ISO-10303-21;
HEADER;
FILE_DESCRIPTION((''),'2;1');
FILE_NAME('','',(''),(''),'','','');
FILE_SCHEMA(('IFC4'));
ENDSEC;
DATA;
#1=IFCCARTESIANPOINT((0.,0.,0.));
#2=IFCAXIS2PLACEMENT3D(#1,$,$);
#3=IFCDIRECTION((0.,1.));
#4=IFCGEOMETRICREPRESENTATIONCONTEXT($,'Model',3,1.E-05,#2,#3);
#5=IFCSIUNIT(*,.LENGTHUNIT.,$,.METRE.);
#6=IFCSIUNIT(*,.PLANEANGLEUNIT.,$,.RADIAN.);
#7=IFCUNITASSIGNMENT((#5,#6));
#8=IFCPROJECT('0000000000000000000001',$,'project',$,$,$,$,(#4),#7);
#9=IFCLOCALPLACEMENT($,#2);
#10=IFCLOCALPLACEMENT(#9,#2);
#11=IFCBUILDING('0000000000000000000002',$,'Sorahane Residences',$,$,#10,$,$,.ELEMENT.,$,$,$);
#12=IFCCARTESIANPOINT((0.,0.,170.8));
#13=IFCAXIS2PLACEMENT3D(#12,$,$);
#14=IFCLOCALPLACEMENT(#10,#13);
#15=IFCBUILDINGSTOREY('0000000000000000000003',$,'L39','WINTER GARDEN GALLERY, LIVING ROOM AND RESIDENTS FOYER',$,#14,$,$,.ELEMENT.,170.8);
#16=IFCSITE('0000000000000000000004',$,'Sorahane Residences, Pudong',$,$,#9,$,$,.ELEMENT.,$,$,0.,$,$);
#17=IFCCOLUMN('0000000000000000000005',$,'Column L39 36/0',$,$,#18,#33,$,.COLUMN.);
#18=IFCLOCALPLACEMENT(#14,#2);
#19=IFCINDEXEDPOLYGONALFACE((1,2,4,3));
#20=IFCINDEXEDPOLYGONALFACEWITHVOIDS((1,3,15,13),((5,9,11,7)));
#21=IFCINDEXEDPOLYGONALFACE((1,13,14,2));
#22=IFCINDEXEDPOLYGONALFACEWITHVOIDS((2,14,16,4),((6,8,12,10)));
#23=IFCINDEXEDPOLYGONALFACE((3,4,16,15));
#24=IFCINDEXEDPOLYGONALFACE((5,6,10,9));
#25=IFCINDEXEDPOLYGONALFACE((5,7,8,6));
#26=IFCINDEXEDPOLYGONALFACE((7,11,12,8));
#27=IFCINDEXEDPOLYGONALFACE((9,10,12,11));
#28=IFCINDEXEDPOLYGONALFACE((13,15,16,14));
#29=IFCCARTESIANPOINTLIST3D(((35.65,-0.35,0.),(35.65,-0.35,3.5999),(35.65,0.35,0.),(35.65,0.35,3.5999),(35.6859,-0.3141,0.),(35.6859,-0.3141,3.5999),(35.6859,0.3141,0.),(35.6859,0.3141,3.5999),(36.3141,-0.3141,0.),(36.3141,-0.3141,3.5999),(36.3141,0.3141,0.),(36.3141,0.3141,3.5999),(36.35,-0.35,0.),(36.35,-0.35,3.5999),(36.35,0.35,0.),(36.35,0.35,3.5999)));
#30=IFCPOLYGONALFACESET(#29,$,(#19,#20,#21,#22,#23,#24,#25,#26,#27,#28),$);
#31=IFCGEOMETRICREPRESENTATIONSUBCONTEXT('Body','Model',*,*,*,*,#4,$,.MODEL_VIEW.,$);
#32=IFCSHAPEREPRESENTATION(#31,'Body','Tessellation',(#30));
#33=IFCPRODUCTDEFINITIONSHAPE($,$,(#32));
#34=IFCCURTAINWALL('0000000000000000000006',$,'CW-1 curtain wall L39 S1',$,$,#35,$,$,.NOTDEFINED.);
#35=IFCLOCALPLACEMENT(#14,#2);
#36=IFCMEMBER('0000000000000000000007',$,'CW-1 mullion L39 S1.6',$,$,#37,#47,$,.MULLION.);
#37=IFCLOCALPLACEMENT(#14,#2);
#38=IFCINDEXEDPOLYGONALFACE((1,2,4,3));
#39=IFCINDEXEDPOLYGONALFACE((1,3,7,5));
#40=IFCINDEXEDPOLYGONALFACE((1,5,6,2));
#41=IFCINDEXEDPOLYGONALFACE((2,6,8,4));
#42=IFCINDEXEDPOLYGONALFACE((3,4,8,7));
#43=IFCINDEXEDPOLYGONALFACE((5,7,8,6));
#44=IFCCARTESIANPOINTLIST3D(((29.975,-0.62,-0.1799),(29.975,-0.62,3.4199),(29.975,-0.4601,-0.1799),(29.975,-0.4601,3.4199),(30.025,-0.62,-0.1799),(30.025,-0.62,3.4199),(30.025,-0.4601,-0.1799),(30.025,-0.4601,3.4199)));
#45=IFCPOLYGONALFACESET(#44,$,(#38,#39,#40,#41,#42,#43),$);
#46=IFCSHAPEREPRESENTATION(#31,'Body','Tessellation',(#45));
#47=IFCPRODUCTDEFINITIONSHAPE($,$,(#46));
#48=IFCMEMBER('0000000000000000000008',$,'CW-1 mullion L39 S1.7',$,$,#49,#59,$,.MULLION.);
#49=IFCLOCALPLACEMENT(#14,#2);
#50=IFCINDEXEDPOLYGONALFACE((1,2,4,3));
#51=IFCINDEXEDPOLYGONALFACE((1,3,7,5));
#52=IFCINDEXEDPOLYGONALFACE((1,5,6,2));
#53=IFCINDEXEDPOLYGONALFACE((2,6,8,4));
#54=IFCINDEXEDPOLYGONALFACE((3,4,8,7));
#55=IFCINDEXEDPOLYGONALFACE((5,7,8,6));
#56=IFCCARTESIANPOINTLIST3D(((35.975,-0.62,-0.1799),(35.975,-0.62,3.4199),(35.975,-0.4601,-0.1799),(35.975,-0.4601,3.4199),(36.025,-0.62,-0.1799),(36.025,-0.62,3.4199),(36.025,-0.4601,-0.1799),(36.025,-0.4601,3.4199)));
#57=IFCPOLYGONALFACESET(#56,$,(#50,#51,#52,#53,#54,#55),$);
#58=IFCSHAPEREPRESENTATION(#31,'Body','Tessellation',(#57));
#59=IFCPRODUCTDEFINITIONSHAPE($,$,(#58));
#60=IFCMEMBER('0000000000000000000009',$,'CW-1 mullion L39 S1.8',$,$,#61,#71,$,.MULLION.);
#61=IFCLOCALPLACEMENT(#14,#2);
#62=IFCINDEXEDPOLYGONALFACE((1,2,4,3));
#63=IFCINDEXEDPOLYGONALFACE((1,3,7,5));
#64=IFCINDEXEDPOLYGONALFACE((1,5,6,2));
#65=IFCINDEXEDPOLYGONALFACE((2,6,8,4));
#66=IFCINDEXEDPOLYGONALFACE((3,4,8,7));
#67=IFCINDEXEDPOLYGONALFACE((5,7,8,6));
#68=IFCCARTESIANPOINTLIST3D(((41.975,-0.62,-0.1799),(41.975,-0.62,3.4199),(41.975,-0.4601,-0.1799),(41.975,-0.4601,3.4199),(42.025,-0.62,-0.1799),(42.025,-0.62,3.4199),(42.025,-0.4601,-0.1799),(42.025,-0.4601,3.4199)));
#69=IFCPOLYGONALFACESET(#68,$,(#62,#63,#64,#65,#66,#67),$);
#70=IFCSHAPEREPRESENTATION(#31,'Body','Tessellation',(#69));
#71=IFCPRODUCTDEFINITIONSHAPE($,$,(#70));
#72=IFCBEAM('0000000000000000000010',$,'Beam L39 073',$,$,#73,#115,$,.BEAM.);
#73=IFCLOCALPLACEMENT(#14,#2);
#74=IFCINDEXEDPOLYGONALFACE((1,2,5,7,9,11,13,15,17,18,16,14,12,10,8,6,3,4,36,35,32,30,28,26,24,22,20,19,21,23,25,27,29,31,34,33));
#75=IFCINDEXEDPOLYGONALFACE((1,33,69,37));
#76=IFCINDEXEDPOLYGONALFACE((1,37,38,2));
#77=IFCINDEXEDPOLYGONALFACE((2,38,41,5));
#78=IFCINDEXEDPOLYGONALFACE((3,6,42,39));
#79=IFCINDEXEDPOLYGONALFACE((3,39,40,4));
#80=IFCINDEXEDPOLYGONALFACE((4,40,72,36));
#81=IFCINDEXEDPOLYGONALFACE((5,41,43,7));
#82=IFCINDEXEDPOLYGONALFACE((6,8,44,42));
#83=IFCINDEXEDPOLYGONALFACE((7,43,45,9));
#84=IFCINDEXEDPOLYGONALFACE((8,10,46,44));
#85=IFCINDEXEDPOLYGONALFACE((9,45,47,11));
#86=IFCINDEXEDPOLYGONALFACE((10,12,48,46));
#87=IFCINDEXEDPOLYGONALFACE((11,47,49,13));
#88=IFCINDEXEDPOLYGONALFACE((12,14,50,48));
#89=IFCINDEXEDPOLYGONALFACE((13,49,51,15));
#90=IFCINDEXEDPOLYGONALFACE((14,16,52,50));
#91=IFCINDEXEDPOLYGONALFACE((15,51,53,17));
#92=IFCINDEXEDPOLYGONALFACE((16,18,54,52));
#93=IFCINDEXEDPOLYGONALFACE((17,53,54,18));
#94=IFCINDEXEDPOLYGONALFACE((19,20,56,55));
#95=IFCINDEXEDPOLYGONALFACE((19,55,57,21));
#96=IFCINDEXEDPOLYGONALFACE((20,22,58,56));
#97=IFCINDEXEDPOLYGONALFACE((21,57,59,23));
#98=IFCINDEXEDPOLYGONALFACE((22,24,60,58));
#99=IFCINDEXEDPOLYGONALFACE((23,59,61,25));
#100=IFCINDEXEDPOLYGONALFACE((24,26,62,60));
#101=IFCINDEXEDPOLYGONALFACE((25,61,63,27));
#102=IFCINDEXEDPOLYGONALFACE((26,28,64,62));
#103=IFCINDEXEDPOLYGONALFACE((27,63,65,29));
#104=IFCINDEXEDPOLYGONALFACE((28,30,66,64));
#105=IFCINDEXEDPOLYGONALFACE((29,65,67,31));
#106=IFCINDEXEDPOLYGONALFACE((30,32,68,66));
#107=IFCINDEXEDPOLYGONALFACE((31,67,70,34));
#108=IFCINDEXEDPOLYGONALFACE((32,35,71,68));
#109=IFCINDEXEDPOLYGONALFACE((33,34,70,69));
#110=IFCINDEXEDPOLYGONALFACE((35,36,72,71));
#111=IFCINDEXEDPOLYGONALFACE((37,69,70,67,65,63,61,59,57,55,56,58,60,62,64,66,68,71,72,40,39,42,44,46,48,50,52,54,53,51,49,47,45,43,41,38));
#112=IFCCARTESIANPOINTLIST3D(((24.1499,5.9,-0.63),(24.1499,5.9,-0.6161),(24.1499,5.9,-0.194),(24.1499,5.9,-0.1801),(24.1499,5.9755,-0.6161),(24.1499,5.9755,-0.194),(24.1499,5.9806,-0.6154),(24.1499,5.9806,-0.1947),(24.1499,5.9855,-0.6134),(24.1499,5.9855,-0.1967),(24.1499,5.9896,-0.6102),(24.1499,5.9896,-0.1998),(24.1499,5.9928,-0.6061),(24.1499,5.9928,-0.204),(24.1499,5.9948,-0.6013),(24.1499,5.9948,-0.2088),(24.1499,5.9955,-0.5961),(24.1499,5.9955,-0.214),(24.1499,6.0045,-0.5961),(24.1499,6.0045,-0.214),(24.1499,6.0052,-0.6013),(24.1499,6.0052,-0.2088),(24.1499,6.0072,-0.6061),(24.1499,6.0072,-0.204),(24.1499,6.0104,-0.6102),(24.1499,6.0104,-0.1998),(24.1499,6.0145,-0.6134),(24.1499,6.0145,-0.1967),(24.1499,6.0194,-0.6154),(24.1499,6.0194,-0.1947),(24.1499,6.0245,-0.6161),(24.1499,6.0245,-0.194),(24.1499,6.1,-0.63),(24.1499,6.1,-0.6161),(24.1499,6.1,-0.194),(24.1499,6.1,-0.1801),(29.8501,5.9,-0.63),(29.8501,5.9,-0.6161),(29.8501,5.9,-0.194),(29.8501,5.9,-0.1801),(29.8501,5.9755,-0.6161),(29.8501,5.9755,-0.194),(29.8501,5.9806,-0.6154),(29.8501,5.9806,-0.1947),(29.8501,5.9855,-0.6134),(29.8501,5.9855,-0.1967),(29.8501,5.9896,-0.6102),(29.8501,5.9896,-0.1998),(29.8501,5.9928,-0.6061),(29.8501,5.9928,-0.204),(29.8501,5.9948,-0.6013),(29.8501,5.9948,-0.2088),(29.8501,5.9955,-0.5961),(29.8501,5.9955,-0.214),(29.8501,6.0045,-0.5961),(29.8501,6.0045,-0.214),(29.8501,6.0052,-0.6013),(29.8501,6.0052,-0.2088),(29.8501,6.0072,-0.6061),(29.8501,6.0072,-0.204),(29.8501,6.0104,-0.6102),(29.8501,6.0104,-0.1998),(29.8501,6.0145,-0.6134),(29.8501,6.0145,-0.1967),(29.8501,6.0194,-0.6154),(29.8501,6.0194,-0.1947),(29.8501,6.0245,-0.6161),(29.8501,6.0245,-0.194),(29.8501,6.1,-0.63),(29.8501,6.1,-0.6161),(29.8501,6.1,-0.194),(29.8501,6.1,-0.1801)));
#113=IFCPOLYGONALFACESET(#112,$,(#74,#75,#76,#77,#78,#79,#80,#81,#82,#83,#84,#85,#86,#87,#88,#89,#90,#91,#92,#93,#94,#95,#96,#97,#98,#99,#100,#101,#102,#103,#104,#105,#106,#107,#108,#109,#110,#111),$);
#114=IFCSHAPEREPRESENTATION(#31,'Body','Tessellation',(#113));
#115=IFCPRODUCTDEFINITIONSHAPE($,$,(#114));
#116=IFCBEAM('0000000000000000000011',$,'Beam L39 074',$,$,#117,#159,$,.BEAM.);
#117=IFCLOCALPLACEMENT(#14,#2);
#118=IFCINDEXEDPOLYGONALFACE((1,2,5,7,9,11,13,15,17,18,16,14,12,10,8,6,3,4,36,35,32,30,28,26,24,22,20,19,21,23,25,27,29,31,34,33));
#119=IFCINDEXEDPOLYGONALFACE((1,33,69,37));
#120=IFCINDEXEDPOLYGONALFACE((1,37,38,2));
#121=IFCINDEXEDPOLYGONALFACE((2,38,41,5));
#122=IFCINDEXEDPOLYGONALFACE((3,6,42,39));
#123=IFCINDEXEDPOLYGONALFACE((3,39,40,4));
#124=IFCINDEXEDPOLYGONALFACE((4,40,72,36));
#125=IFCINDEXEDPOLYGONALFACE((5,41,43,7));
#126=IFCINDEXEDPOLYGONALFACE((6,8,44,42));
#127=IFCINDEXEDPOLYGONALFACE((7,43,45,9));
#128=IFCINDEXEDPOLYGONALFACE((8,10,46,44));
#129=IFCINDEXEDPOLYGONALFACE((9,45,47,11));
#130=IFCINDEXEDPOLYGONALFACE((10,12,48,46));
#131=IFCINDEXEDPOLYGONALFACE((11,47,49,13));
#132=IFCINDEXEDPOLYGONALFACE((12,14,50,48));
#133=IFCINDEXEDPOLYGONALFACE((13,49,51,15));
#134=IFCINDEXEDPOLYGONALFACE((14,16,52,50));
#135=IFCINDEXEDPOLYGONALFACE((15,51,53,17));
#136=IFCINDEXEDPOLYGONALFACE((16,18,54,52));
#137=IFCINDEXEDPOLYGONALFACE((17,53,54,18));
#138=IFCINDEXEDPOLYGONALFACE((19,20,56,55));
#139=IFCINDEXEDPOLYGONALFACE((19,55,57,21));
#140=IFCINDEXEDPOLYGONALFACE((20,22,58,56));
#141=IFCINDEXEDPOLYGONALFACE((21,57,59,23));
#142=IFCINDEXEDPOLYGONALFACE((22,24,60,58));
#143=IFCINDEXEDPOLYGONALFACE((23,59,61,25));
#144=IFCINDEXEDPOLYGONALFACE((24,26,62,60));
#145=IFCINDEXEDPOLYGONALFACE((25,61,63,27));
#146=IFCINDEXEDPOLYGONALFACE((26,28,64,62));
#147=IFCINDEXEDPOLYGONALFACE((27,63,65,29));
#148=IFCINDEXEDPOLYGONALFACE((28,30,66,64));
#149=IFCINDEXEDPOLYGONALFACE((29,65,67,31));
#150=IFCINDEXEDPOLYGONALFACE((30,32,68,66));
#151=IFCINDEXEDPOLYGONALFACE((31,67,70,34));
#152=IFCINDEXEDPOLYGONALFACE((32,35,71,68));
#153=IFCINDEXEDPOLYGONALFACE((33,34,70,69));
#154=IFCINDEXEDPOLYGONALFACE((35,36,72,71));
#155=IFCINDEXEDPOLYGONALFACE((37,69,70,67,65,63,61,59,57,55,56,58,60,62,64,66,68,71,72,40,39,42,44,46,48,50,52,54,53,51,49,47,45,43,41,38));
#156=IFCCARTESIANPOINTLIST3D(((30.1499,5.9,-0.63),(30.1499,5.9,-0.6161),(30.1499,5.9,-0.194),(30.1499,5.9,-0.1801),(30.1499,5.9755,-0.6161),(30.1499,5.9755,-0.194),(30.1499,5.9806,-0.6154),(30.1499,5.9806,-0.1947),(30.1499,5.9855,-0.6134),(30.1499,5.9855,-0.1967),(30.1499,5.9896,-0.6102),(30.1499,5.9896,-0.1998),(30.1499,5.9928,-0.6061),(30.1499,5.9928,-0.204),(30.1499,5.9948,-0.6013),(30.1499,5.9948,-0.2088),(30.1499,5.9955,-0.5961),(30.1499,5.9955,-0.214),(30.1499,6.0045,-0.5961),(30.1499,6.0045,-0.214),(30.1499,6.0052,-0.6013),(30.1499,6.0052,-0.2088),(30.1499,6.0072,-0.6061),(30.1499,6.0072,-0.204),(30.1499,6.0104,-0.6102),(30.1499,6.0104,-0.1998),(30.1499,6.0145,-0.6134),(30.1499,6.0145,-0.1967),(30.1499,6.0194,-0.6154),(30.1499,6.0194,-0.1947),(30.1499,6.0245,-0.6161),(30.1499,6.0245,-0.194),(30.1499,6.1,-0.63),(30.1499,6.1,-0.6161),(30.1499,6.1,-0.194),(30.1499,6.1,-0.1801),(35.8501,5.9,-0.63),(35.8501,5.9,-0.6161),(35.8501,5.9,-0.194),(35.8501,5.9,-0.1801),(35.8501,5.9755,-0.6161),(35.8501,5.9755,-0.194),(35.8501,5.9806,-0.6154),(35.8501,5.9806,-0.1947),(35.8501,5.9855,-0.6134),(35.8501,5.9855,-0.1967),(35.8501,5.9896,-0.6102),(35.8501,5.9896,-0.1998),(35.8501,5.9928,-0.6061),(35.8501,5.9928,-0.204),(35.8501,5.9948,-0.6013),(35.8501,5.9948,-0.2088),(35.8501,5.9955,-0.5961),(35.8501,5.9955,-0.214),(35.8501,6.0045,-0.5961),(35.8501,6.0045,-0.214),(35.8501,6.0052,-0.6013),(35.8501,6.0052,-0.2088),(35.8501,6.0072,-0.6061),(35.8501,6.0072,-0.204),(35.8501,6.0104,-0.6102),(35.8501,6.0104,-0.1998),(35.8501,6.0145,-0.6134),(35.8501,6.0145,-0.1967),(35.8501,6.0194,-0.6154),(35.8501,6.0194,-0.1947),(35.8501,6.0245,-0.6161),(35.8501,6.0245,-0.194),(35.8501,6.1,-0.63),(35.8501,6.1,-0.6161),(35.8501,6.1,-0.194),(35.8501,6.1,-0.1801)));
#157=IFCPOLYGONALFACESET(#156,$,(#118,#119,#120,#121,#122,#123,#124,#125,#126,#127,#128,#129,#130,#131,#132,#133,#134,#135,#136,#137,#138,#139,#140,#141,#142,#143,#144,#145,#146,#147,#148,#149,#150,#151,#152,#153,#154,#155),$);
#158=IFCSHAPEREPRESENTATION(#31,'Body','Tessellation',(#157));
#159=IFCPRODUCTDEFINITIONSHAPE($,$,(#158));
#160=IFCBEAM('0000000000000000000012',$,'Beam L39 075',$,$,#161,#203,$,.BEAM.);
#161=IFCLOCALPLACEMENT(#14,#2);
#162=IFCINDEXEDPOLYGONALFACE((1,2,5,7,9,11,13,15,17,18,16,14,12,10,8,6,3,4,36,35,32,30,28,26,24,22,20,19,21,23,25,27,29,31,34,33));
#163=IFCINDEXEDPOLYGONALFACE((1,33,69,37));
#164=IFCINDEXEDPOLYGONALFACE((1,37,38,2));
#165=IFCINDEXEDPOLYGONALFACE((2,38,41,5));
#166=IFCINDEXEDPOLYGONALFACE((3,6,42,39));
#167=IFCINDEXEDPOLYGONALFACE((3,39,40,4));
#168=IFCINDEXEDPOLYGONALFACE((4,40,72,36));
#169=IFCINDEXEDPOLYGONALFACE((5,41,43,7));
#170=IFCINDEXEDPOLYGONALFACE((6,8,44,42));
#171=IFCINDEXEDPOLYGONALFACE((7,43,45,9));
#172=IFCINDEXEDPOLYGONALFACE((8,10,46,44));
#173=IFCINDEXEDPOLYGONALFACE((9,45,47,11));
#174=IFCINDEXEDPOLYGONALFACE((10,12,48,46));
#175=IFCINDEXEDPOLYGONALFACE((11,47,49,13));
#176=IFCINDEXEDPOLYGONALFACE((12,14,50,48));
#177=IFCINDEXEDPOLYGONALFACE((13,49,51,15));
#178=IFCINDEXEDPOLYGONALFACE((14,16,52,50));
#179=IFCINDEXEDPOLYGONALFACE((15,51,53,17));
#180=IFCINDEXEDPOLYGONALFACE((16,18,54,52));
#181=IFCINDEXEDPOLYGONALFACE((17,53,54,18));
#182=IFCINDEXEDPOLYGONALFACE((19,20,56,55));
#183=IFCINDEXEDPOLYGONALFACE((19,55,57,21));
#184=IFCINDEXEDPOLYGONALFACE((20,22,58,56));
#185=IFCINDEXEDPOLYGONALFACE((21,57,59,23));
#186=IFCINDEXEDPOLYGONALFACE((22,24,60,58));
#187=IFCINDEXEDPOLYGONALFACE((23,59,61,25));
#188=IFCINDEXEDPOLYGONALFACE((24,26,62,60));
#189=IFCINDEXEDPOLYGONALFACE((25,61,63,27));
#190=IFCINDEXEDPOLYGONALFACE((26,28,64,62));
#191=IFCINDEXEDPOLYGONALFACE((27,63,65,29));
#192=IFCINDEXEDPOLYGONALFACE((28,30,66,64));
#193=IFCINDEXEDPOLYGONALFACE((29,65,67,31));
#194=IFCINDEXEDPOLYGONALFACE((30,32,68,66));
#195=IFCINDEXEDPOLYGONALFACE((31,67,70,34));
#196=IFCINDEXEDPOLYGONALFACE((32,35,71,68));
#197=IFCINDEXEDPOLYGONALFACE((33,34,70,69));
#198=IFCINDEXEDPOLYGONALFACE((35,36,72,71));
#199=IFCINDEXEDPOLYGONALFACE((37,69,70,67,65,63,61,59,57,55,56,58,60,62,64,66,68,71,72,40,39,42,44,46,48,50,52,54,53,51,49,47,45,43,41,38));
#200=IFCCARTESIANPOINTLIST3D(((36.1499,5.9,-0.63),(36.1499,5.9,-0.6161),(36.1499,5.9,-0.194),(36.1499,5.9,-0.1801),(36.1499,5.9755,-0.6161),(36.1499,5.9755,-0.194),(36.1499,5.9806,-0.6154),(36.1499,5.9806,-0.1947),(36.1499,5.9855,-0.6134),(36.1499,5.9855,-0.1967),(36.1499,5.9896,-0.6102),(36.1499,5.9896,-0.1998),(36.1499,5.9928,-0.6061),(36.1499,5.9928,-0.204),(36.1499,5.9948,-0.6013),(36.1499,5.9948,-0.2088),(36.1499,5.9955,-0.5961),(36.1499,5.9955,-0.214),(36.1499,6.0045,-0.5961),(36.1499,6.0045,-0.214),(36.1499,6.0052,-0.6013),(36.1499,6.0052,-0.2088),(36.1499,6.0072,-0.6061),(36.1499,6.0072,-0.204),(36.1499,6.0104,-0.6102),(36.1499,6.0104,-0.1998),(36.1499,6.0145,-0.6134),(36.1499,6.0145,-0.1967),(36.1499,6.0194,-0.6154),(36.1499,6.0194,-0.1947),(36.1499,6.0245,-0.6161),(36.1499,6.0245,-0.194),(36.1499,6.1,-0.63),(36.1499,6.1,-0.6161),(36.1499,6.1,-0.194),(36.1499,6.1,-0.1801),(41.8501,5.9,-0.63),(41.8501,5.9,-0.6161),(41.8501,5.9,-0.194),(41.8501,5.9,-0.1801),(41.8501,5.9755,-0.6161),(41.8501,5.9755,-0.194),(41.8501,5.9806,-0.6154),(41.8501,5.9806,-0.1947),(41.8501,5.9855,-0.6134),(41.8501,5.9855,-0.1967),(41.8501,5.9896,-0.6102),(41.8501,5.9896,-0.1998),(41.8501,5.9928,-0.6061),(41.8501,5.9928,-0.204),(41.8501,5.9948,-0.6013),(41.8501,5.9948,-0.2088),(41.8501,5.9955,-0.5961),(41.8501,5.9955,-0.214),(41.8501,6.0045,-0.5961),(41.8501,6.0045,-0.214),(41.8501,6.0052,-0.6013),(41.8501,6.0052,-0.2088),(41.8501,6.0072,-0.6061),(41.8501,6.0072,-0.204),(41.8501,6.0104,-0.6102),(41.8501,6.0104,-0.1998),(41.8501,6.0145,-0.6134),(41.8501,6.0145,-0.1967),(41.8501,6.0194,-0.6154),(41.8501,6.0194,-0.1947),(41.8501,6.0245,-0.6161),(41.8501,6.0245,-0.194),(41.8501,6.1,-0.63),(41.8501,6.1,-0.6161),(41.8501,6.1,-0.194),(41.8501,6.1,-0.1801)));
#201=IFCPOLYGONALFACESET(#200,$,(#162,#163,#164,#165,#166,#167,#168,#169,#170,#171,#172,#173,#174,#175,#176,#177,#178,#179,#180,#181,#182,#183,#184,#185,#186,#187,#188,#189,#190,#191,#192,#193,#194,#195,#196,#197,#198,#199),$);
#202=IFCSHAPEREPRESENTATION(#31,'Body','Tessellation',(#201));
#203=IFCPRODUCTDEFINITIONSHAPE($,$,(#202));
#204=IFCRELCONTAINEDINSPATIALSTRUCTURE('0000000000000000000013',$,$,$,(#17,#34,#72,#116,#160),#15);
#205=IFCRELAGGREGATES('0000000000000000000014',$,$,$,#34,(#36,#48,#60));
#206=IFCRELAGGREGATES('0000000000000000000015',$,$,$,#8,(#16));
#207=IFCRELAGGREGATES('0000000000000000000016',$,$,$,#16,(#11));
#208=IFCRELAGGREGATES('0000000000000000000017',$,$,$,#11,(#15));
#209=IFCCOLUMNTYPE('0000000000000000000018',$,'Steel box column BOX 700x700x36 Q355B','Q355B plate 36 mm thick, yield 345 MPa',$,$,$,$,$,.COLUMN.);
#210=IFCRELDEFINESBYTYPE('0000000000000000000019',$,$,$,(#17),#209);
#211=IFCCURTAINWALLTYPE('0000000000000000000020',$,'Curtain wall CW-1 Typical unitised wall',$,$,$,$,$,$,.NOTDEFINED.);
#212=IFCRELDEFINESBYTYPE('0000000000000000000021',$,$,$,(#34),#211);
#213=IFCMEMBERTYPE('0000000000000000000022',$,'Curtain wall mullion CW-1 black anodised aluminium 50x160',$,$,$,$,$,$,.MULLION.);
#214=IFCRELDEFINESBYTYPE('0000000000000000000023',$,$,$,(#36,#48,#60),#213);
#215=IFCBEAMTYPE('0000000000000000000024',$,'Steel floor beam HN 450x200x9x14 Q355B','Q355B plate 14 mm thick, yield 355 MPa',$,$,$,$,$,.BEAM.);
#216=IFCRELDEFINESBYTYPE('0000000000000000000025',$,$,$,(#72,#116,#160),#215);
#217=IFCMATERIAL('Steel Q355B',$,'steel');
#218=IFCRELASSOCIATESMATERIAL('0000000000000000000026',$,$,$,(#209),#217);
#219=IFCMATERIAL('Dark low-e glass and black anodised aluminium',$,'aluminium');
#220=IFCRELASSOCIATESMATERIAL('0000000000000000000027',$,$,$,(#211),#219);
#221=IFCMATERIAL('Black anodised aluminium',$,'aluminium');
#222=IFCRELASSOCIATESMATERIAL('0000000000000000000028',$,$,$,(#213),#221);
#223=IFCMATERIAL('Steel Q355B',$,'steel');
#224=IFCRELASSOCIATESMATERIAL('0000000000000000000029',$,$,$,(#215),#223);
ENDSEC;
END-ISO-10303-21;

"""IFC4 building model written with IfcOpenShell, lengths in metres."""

from ifc_helpers import new_model, si_unit, direction, frame, origin, origin_2d, place, context, subcontext, project, spatial, rectangle, hollow_rectangle, i_section, extrude, material, material_profile, profile_set, type_object, element, aggregate, save


model = new_model("IFC4")

# Units and contexts
model_context = context("Model", 3, precision=1e-05, world=origin(), true_north=direction((0.0, 1.0)))
body_context = subcontext(model_context, "Body", "Model", "MODEL_VIEW")
ifc_project = project(units=[si_unit("LENGTHUNIT", "METRE"), si_unit("PLANEANGLEUNIT", "RADIAN")], contexts=[model_context])

# Site, building, storey
site_placement = place(None, origin())
site = spatial("IfcSite", under=ifc_project, at=site_placement, Name="Sorahane Residences, Pudong", CompositionType="ELEMENT", RefElevation=0.0)
building_placement = place(site_placement, origin())
building = spatial("IfcBuilding", under=site, at=building_placement, Name="Sorahane Residences", CompositionType="ELEMENT")
storey_placement = place(building_placement, frame((0.0, 0.0, 170.8)))
storey = spatial("IfcBuildingStorey", under=building, at=storey_placement, Name="L39", Description="WINTER GARDEN GALLERY, LIVING ROOM AND RESIDENTS FOYER", CompositionType="ELEMENT", Elevation=170.8)

# Column
ifc_material_1 = material(Name="Steel Q355B", Category="steel")
ifc_material_profile_1 = material_profile(ifc_material_1, hollow_rectangle(XDim=0.7, YDim=0.7, WallThickness=0.0359, at=origin_2d()), Name="BOX 700x700x36")
ifc_profile_set_1 = profile_set([ifc_material_profile_1], Name="Steel Q355B")
column_type = type_object("IfcColumnType", Name="Steel box column BOX 700x700x36 Q355B", Description="Q355B plate 36 mm thick, yield 345 MPa", PredefinedType="COLUMN", material=ifc_profile_set_1)
column_placement = place(storey_placement, frame((36.0, 0.0, 0.0), z_axis=(0.0, 0.0, 1.0), x_axis=(1.0, 0.0, 0.0)))
element("IfcColumn", 1, at=column_placement, inside=storey, type_object=column_type, Name="Column L39 36/0", PredefinedType="COLUMN", context=body_context, shape_type="SweptSolid", body=[
    extrude(hollow_rectangle(XDim=0.7, YDim=0.7, WallThickness=0.0359, at=origin_2d()), origin(), (0.0, 0.0, 1.0), 3.5999),
])

# Curtain wall, members
ifc_material_2 = material(Name="Dark low-e glass and black anodised aluminium", Category="aluminium")
curtain_wall_type = type_object("IfcCurtainWallType", Name="Curtain wall CW-1 Typical unitised wall", PredefinedType="NOTDEFINED", material=ifc_material_2)
curtain_wall_placement = place(storey_placement, origin())
curtain_wall = element("IfcCurtainWall", 2, at=curtain_wall_placement, inside=storey, type_object=curtain_wall_type, Name="CW-1 curtain wall L39 S1", PredefinedType="NOTDEFINED")
ifc_material_3 = material(Name="Black anodised aluminium", Category="aluminium")
ifc_material_profile_2 = material_profile(ifc_material_3, rectangle(XDim=0.1599, YDim=0.05, at=origin_2d()), Name="Curtain wall mullion CW-1 black anodised aluminium 50x160")
ifc_profile_set_2 = profile_set([ifc_material_profile_2], Name="Black anodised aluminium")
member_type = type_object("IfcMemberType", Name="Curtain wall mullion CW-1 black anodised aluminium 50x160", PredefinedType="MULLION", material=ifc_profile_set_2)
member_1_placement = place(storey_placement, frame((30.0, -0.54, -0.1799), z_axis=(0.0, 0.0, 1.0), x_axis=(0.0, -1.0, 0.0)))
member_1 = element("IfcMember", 3, at=member_1_placement, type_object=member_type, Name="CW-1 mullion L39 S1.6", PredefinedType="MULLION", context=body_context, shape_type="SweptSolid", body=[
    extrude(rectangle(XDim=0.1599, YDim=0.05, at=origin_2d()), origin(), (0.0, 0.0, 1.0), 3.5999),
])
member_2_placement = place(storey_placement, frame((36.0, -0.54, -0.1799), z_axis=(0.0, 0.0, 1.0), x_axis=(0.0, -1.0, 0.0)))
member_2 = element("IfcMember", 4, at=member_2_placement, type_object=member_type, Name="CW-1 mullion L39 S1.7", PredefinedType="MULLION", context=body_context, shape_type="SweptSolid", body=[
    extrude(rectangle(XDim=0.1599, YDim=0.05, at=origin_2d()), origin(), (0.0, 0.0, 1.0), 3.5999),
])
member_3_placement = place(storey_placement, frame((42.0, -0.54, -0.1799), z_axis=(0.0, 0.0, 1.0), x_axis=(0.0, -1.0, 0.0)))
member_3 = element("IfcMember", 5, at=member_3_placement, type_object=member_type, Name="CW-1 mullion L39 S1.8", PredefinedType="MULLION", context=body_context, shape_type="SweptSolid", body=[
    extrude(rectangle(XDim=0.1599, YDim=0.05, at=origin_2d()), origin(), (0.0, 0.0, 1.0), 3.5999),
])

# Beams
ifc_material_4 = material(Name="Steel Q355B", Category="steel")
ifc_material_profile_3 = material_profile(ifc_material_4, i_section(OverallWidth=0.2, OverallDepth=0.45, WebThickness=0.009, FlangeThickness=0.0139, FilletRadius=0.02, at=origin_2d()), Name="HN 450x200x9x14")
ifc_profile_set_3 = profile_set([ifc_material_profile_3], Name="Steel Q355B")
beam_type_1 = type_object("IfcBeamType", Name="Steel floor beam HN 450x200x9x14 Q355B", Description="Q355B plate 14 mm thick, yield 355 MPa", PredefinedType="BEAM", material=ifc_profile_set_3)
for number, where, z_axis, x_axis, name in (
    (6, (24.1499, 6.0, -0.405), (1.0, 0.0, 0.0), (0.0, 1.0, 0.0), "Beam L39 073"),
    (7, (30.1499, 6.0, -0.405), (1.0, 0.0, 0.0), (0.0, 1.0, 0.0), "Beam L39 074"),
    (8, (36.1499, 6.0, -0.405), (1.0, 0.0, 0.0), (0.0, 1.0, 0.0), "Beam L39 075"),
):
    element("IfcBeam", number, at=place(storey_placement, frame(where, z_axis=z_axis, x_axis=x_axis)), inside=storey, type_object=beam_type_1, Name=name, PredefinedType="BEAM", context=body_context, shape_type="SweptSolid", body=[
        extrude(i_section(OverallWidth=0.2, OverallDepth=0.45, WebThickness=0.009, FlangeThickness=0.0139, FilletRadius=0.02, at=origin_2d()), origin(), (0.0, 0.0, 1.0), 5.7002),
    ])

aggregate(curtain_wall, [member_1, member_2, member_3])

save(model, "model.ifc")
